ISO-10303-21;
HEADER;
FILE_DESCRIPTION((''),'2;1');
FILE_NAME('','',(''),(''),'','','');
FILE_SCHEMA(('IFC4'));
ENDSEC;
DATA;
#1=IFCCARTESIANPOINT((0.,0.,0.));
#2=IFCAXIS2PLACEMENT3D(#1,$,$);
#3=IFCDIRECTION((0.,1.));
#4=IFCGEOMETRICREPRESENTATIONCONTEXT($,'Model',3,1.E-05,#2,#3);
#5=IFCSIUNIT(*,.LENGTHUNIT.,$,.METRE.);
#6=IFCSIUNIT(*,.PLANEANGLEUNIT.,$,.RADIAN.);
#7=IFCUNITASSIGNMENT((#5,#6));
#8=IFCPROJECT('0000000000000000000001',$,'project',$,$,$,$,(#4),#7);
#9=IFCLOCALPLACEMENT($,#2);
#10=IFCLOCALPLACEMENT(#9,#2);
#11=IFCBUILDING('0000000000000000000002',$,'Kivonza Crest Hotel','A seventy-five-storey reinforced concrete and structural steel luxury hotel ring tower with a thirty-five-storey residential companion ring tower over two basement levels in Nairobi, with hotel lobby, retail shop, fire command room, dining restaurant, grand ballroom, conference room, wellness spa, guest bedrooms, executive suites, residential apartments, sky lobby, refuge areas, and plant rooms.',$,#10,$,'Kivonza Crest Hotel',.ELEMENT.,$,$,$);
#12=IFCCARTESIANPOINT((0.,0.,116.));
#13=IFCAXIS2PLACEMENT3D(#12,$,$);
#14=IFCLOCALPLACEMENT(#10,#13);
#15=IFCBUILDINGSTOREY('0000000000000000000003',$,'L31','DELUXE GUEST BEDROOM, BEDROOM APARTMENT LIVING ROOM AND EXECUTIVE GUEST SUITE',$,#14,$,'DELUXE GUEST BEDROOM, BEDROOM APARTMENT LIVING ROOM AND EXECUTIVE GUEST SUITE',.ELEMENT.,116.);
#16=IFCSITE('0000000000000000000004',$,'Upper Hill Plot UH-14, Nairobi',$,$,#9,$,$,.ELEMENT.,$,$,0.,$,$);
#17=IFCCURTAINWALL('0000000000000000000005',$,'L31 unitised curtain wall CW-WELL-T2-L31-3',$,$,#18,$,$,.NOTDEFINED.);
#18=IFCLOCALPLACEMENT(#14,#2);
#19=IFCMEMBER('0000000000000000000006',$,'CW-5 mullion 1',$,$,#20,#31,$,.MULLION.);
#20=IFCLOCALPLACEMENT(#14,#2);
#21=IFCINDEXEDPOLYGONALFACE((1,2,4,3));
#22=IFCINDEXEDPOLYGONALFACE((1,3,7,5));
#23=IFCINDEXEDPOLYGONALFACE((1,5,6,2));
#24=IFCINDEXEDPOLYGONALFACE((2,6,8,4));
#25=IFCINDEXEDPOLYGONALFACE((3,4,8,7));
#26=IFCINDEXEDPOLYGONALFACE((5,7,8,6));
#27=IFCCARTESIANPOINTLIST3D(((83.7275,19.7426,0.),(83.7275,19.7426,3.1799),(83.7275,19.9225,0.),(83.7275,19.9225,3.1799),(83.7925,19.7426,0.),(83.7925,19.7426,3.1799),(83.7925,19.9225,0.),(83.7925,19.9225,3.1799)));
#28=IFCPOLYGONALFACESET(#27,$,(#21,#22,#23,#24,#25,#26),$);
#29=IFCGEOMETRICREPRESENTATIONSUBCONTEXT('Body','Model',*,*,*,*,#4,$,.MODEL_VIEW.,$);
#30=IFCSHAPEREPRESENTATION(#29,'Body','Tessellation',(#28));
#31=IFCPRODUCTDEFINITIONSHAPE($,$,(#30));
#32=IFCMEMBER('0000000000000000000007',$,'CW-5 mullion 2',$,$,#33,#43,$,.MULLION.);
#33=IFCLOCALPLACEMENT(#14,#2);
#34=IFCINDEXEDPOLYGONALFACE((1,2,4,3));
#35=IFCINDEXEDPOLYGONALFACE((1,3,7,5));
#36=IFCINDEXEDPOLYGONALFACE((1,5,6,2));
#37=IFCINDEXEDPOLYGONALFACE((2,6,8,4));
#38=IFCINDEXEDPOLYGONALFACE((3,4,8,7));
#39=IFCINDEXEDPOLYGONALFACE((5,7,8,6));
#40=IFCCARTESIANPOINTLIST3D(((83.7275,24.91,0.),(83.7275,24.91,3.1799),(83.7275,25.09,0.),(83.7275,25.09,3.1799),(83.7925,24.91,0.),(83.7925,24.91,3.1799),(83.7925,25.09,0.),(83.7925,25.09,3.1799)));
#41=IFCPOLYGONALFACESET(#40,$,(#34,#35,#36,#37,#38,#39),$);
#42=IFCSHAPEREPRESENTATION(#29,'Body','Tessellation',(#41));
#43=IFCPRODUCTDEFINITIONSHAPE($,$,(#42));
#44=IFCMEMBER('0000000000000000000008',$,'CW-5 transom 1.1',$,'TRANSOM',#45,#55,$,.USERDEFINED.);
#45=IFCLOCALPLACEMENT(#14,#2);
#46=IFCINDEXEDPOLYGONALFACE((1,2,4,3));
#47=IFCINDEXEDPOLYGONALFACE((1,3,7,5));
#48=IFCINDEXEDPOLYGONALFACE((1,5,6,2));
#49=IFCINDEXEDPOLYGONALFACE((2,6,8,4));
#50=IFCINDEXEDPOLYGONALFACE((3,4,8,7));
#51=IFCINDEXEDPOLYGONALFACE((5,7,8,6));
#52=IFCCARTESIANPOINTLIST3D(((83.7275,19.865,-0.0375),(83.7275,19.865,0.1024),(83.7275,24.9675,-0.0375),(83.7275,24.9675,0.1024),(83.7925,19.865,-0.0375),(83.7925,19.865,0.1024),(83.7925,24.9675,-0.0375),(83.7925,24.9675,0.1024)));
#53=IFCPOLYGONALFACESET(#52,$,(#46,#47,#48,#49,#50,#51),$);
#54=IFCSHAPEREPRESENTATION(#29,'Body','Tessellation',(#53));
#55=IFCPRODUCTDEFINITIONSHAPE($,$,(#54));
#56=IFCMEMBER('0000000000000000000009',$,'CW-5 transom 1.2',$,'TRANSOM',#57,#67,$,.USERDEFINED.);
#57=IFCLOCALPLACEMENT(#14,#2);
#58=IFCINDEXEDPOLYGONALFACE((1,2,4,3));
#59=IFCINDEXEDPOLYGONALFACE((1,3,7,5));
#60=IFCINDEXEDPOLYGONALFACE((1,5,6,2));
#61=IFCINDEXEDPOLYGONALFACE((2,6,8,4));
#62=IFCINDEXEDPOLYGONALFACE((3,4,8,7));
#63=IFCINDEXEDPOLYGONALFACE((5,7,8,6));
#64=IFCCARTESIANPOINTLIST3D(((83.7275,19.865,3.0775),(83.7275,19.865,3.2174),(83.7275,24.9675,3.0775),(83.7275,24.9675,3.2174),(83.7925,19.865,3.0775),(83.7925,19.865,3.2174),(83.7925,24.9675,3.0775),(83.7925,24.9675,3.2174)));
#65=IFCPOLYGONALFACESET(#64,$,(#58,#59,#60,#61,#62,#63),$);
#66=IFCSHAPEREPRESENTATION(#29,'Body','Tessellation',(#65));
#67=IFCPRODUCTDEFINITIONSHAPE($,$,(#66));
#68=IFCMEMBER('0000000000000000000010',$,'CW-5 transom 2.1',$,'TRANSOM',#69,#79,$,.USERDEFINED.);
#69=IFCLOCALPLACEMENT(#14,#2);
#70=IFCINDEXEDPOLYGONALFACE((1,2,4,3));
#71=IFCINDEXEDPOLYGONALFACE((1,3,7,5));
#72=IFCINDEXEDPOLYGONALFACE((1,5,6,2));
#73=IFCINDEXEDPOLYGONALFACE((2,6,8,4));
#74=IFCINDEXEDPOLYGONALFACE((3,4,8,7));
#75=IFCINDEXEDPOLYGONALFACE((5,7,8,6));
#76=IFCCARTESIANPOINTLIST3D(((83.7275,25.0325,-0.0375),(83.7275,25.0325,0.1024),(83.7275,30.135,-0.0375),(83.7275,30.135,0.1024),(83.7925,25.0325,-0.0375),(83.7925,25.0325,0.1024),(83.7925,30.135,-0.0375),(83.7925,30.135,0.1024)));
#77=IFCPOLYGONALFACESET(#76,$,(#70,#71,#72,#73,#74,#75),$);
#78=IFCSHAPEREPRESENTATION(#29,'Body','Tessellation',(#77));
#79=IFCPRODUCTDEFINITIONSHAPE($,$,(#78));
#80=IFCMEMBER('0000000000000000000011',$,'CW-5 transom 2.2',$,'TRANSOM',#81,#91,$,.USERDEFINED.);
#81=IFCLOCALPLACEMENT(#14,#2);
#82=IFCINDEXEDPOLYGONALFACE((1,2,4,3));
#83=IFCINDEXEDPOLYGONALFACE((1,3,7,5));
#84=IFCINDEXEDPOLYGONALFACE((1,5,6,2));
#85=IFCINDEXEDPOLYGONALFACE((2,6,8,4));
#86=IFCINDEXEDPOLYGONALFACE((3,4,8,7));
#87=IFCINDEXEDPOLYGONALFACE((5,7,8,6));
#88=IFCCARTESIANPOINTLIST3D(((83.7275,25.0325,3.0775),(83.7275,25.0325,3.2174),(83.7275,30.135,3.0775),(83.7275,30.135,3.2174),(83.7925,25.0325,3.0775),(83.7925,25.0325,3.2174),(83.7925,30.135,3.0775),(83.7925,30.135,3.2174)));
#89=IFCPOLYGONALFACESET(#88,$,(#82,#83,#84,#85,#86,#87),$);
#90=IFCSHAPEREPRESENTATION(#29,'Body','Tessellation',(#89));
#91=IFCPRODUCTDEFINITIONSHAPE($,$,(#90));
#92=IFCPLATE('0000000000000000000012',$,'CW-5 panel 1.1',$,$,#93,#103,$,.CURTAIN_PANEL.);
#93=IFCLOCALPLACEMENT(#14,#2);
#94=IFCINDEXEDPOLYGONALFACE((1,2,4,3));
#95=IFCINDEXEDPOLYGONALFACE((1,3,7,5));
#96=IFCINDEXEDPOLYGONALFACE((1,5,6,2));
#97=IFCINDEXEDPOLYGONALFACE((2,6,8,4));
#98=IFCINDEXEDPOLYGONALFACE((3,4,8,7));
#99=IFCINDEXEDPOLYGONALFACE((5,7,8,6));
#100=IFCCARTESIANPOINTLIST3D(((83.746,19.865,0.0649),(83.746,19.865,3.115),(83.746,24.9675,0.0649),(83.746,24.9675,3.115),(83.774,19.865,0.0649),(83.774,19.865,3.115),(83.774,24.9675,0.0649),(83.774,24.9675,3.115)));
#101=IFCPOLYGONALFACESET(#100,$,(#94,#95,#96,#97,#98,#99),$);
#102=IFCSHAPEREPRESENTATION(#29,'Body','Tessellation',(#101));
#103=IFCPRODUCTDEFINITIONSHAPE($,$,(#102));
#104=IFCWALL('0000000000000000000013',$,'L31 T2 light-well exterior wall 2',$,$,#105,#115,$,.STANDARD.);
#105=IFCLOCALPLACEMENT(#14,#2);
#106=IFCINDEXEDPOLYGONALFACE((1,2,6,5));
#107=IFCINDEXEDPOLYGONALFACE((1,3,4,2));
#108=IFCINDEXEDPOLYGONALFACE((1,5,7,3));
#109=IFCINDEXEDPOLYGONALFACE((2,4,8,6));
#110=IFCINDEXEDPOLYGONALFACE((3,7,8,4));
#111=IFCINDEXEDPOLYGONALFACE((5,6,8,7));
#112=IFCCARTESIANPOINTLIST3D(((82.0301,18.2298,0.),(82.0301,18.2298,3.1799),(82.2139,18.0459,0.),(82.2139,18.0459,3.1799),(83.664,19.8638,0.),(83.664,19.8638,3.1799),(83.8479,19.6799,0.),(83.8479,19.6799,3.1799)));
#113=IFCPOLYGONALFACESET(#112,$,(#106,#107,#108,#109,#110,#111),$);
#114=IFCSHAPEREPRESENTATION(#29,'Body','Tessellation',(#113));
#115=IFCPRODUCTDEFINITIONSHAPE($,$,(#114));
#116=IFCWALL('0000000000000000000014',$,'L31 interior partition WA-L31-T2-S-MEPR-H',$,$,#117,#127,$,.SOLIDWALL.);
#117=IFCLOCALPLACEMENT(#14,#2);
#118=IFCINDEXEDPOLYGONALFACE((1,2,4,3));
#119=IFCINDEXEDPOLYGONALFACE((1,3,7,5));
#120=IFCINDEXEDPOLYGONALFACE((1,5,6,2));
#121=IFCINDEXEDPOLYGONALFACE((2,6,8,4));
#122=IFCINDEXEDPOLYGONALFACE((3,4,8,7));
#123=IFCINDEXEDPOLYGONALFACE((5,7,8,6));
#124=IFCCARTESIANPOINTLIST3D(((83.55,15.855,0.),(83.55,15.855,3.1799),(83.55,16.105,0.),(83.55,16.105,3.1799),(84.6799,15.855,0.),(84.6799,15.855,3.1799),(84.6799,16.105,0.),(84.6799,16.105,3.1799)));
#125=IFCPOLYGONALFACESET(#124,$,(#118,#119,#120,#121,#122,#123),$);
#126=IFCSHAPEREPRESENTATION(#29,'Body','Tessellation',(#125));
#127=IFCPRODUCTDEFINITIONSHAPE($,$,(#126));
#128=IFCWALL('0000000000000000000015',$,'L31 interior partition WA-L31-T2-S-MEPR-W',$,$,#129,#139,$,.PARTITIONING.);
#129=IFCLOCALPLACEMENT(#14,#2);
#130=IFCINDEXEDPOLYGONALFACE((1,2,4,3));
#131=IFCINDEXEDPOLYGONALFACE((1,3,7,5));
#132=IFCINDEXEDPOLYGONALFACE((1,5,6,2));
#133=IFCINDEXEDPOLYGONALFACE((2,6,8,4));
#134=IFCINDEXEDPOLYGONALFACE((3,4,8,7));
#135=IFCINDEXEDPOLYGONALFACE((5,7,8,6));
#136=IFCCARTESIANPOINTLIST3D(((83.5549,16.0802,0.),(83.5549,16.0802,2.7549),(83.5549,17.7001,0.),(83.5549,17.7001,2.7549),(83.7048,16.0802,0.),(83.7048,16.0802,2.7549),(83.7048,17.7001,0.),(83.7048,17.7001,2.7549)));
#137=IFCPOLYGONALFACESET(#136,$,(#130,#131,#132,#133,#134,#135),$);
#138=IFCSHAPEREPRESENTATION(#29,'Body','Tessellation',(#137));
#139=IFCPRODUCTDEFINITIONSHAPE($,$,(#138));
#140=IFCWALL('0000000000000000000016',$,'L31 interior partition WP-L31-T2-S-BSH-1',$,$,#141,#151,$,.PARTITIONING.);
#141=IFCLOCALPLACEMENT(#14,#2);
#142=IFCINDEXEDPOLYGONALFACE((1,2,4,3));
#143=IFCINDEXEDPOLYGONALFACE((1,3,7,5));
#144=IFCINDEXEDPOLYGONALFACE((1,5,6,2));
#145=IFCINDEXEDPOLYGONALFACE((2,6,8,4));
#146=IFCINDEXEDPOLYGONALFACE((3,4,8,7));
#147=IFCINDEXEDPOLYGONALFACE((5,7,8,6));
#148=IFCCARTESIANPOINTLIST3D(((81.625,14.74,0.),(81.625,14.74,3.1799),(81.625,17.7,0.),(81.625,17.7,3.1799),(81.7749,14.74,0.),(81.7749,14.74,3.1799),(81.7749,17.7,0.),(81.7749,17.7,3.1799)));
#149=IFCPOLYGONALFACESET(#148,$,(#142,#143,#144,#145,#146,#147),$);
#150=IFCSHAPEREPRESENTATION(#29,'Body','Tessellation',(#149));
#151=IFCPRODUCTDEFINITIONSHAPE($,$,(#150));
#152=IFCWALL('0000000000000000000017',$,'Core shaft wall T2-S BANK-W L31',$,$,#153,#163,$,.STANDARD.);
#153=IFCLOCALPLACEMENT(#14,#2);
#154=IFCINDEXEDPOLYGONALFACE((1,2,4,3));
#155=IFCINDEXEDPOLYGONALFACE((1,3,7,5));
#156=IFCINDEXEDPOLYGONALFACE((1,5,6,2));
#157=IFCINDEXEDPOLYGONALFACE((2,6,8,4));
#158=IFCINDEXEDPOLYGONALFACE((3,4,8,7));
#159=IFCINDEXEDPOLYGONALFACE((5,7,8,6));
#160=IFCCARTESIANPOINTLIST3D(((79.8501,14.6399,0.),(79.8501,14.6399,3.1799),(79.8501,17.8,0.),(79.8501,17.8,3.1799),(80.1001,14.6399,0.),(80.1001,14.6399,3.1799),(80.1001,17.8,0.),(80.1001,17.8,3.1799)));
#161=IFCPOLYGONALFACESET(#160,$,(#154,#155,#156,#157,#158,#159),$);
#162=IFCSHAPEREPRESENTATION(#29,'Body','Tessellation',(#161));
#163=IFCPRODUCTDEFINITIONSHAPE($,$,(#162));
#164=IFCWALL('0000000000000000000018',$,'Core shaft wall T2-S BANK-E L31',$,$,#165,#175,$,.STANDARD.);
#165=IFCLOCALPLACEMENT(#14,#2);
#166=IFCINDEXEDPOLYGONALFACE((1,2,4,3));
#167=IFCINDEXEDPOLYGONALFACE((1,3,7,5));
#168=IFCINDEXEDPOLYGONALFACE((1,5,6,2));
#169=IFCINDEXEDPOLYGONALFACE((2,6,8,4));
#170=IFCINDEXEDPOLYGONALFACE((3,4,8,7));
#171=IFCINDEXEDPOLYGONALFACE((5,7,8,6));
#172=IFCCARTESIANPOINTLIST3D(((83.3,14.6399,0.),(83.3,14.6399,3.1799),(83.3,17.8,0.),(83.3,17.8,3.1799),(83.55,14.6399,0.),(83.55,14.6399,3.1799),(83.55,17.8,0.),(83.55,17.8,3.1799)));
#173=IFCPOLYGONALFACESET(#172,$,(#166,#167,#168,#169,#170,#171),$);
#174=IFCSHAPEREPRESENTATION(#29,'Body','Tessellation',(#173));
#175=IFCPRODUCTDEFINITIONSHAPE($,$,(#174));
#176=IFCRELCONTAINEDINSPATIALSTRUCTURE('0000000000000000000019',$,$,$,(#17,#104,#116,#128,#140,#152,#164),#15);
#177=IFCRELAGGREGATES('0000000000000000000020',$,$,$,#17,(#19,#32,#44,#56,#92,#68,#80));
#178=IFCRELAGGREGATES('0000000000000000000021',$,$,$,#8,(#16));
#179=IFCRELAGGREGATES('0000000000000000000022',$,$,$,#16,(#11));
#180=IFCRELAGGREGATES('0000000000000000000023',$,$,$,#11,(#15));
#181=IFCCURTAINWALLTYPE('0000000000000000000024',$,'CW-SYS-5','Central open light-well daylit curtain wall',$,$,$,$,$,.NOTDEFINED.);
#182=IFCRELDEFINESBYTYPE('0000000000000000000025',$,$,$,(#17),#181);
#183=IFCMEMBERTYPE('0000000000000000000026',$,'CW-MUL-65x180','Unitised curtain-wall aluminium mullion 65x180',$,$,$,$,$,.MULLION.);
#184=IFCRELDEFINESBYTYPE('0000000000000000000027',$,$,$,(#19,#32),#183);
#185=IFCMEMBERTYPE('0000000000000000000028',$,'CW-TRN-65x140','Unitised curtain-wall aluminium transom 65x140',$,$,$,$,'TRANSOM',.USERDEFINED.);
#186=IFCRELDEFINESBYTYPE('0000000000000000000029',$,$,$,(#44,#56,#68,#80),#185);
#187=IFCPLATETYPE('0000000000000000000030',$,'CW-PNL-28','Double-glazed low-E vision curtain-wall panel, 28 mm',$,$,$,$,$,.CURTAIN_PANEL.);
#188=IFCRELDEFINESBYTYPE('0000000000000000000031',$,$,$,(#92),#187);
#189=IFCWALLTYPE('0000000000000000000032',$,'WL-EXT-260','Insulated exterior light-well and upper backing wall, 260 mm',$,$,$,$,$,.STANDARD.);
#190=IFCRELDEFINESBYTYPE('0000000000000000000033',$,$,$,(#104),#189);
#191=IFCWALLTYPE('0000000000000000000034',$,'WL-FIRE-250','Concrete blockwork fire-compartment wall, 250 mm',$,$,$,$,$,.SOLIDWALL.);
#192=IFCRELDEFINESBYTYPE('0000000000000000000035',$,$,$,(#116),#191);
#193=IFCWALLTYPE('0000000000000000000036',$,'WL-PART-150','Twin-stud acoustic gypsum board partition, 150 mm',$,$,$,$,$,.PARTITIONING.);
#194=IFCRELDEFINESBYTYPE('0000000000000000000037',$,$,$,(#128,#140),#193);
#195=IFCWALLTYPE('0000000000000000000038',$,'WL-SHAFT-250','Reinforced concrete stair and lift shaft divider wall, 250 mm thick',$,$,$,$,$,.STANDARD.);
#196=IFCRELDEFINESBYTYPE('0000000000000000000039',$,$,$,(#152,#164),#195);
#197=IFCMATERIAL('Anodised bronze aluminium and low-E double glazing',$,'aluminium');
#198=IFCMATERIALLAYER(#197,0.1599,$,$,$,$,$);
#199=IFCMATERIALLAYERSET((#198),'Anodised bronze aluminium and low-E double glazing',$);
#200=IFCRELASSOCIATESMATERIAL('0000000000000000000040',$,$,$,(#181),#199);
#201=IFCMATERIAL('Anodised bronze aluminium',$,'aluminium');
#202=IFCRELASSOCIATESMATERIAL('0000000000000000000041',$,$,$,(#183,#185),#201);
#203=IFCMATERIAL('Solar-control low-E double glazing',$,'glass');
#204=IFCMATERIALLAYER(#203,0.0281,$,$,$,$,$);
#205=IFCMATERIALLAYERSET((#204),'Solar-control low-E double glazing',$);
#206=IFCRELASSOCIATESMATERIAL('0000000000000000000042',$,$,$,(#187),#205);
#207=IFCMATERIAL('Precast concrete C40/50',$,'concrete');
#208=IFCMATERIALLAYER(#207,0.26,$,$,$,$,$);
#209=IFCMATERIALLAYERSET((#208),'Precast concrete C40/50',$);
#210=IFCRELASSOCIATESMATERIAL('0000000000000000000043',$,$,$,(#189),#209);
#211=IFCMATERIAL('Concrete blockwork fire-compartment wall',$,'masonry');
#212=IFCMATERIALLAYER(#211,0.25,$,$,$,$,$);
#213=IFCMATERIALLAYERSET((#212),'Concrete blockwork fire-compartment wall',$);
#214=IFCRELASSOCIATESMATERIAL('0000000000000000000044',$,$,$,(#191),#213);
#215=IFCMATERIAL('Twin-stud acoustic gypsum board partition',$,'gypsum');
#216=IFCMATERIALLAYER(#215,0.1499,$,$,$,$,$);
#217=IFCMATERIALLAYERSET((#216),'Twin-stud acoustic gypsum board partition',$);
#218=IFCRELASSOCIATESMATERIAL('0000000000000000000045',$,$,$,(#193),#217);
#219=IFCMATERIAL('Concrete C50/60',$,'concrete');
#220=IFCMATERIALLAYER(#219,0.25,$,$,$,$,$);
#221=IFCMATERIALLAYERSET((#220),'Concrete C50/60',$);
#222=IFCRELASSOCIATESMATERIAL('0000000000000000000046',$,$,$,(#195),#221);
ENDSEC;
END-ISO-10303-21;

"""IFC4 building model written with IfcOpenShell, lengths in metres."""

from ifc_helpers import new_model, si_unit, direction, frame, frame_2d, origin, origin_2d, place, context, subcontext, project, spatial, rectangle, extrude, material, layer, layer_set, material_profile, profile_set, type_object, element, aggregate, save


model = new_model("IFC4")

# Units and contexts
model_context = context("Model", 3, precision=1e-05, world=origin(), true_north=direction((0.0, 1.0)))
body_context = subcontext(model_context, "Body", "Model", "MODEL_VIEW")
ifc_project = project(units=[si_unit("LENGTHUNIT", "METRE"), si_unit("PLANEANGLEUNIT", "RADIAN")], contexts=[model_context])

# Site, building, storey
site_placement = place(None, origin())
site = spatial("IfcSite", under=ifc_project, at=site_placement, Name="Upper Hill Plot UH-14, Nairobi", CompositionType="ELEMENT", RefElevation=0.0)
building_placement = place(site_placement, origin())
building = spatial("IfcBuilding", under=site, at=building_placement, Name="Kivonza Crest Hotel", Description="A seventy-five-storey reinforced concrete and structural steel luxury hotel ring tower with a thirty-five-storey residential companion ring tower over two basement levels in Nairobi, with hotel lobby, retail shop, fire command room, dining restaurant, grand ballroom, conference room, wellness spa, guest bedrooms, executive suites, residential apartments, sky lobby, refuge areas, and plant rooms.", LongName="Kivonza Crest Hotel", CompositionType="ELEMENT")
storey_placement = place(building_placement, frame((0.0, 0.0, 116.0)))
storey = spatial("IfcBuildingStorey", under=building, at=storey_placement, Name="L31", Description="DELUXE GUEST BEDROOM, BEDROOM APARTMENT LIVING ROOM AND EXECUTIVE GUEST SUITE", LongName="DELUXE GUEST BEDROOM, BEDROOM APARTMENT LIVING ROOM AND EXECUTIVE GUEST SUITE", CompositionType="ELEMENT", Elevation=116.0)

# Curtain wall, members, plate
ifc_material_1 = material(Name="Anodised bronze aluminium and low-E double glazing", Category="aluminium")
ifc_layer_1 = layer(ifc_material_1, 0.1599)
ifc_layer_set_1 = layer_set([ifc_layer_1], Name="Anodised bronze aluminium and low-E double glazing")
curtain_wall_type = type_object("IfcCurtainWallType", Name="CW-SYS-5", Description="Central open light-well daylit curtain wall", PredefinedType="NOTDEFINED", material=ifc_layer_set_1)
curtain_wall_placement = place(storey_placement, origin())
curtain_wall = element("IfcCurtainWall", 1, at=curtain_wall_placement, inside=storey, type_object=curtain_wall_type, Name="L31 unitised curtain wall CW-WELL-T2-L31-3", PredefinedType="NOTDEFINED")
ifc_material_2 = material(Name="Anodised bronze aluminium", Category="aluminium")
ifc_material_profile_1 = material_profile(ifc_material_2, rectangle(XDim=0.0649, YDim=0.1799, at=origin_2d()), Name="CW-M 65x180")
ifc_profile_set_1 = profile_set([ifc_material_profile_1], Name="Anodised bronze aluminium")
member_type_1 = type_object("IfcMemberType", Name="CW-MUL-65x180", Description="Unitised curtain-wall aluminium mullion 65x180", PredefinedType="MULLION", material=ifc_profile_set_1)
member_1_placement = place(storey_placement, frame((83.76, 19.8325, 0.0), z_axis=(0.0, 0.0, 1.0), x_axis=(-1.0, 0.0, 0.0)))
member_1 = element("IfcMember", 2, at=member_1_placement, type_object=member_type_1, Name="CW-5 mullion 1", PredefinedType="MULLION", context=body_context, shape_type="SweptSolid", body=[
    extrude(rectangle(XDim=0.0649, YDim=0.1799, at=origin_2d()), origin(), (0.0, 0.0, 1.0), 3.1799),
])
member_2_placement = place(storey_placement, frame((83.76, 25.0, 0.0), z_axis=(0.0, 0.0, 1.0), x_axis=(-1.0, 0.0, 0.0)))
member_2 = element("IfcMember", 3, at=member_2_placement, type_object=member_type_1, Name="CW-5 mullion 2", PredefinedType="MULLION", context=body_context, shape_type="SweptSolid", body=[
    extrude(rectangle(XDim=0.0649, YDim=0.1799, at=origin_2d()), origin(), (0.0, 0.0, 1.0), 3.1799),
])
ifc_material_profile_2 = material_profile(ifc_material_2, rectangle(XDim=0.0649, YDim=0.1399, at=origin_2d()), Name="CW-T 65x140")
ifc_profile_set_2 = profile_set([ifc_material_profile_2], Name="Anodised bronze aluminium")
member_type_2 = type_object("IfcMemberType", Name="CW-TRN-65x140", Description="Unitised curtain-wall aluminium transom 65x140", ElementType="TRANSOM", PredefinedType="USERDEFINED", material=ifc_profile_set_2)
member_3_placement = place(storey_placement, frame((83.76, 19.865, 0.0325), z_axis=(0.0, 1.0, 0.0), x_axis=(-1.0, 0.0, 0.0)))
member_3 = element("IfcMember", 4, at=member_3_placement, type_object=member_type_2, Name="CW-5 transom 1.1", ObjectType="TRANSOM", PredefinedType="USERDEFINED", context=body_context, shape_type="SweptSolid", body=[
    extrude(rectangle(XDim=0.0649, YDim=0.1399, at=origin_2d()), origin(), (0.0, 0.0, 1.0), 5.1025),
])
member_4_placement = place(storey_placement, frame((83.76, 19.865, 3.1475), z_axis=(0.0, 1.0, 0.0), x_axis=(-1.0, 0.0, 0.0)))
member_4 = element("IfcMember", 5, at=member_4_placement, type_object=member_type_2, Name="CW-5 transom 1.2", ObjectType="TRANSOM", PredefinedType="USERDEFINED", context=body_context, shape_type="SweptSolid", body=[
    extrude(rectangle(XDim=0.0649, YDim=0.1399, at=origin_2d()), origin(), (0.0, 0.0, 1.0), 5.1025),
])
member_5_placement = place(storey_placement, frame((83.76, 25.0325, 0.0325), z_axis=(0.0, 1.0, 0.0), x_axis=(-1.0, 0.0, 0.0)))
member_5 = element("IfcMember", 6, at=member_5_placement, type_object=member_type_2, Name="CW-5 transom 2.1", ObjectType="TRANSOM", PredefinedType="USERDEFINED", context=body_context, shape_type="SweptSolid", body=[
    extrude(rectangle(XDim=0.0649, YDim=0.1399, at=origin_2d()), origin(), (0.0, 0.0, 1.0), 5.1025),
])
member_6_placement = place(storey_placement, frame((83.76, 25.0325, 3.1475), z_axis=(0.0, 1.0, 0.0), x_axis=(-1.0, 0.0, 0.0)))
member_6 = element("IfcMember", 7, at=member_6_placement, type_object=member_type_2, Name="CW-5 transom 2.2", ObjectType="TRANSOM", PredefinedType="USERDEFINED", context=body_context, shape_type="SweptSolid", body=[
    extrude(rectangle(XDim=0.0649, YDim=0.1399, at=origin_2d()), origin(), (0.0, 0.0, 1.0), 5.1025),
])
ifc_material_3 = material(Name="Solar-control low-E double glazing", Category="glass")
ifc_layer_2 = layer(ifc_material_3, 0.0281)
ifc_layer_set_2 = layer_set([ifc_layer_2], Name="Solar-control low-E double glazing")
plate_type = type_object("IfcPlateType", Name="CW-PNL-28", Description="Double-glazed low-E vision curtain-wall panel, 28 mm", PredefinedType="CURTAIN_PANEL", material=ifc_layer_set_2)
plate_placement = place(storey_placement, frame((83.76, 22.4163, 0.0649), z_axis=(0.0, 0.0, 1.0), x_axis=(0.0, 1.0, 0.0)))
plate = element("IfcPlate", 8, at=plate_placement, type_object=plate_type, Name="CW-5 panel 1.1", PredefinedType="CURTAIN_PANEL", context=body_context, shape_type="SweptSolid", body=[
    extrude(rectangle(XDim=5.1025, YDim=0.0281, at=origin_2d()), origin(), (0.0, 0.0, 1.0), 3.05),
])
aggregate(curtain_wall, [member_1, member_2, member_3, member_4, plate, member_5, member_6])

# Walls
ifc_material_4 = material(Name="Precast concrete C40/50", Category="concrete")
ifc_layer_3 = layer(ifc_material_4, 0.26)
ifc_layer_set_3 = layer_set([ifc_layer_3], Name="Precast concrete C40/50")
wall_type_1 = type_object("IfcWallType", Name="WL-EXT-260", Description="Insulated exterior light-well and upper backing wall, 260 mm", PredefinedType="STANDARD", material=ifc_layer_set_3)
wall_1_placement = place(storey_placement, frame((82.1221, 18.1379, 0.0), z_axis=(0.0, 0.0, 1.0), x_axis=(0.707107, 0.707107, 0.0)))
element("IfcWall", 9, at=wall_1_placement, inside=storey, type_object=wall_type_1, Name="L31 T2 light-well exterior wall 2", PredefinedType="STANDARD", context=body_context, shape_type="SweptSolid", body=[
    extrude(rectangle(XDim=2.3108, YDim=0.26, at=frame_2d((1.1553, 0.0))), origin(), (0.0, 0.0, 1.0), 3.1799),
])
ifc_material_5 = material(Name="Concrete blockwork fire-compartment wall", Category="masonry")
ifc_layer_4 = layer(ifc_material_5, 0.25)
ifc_layer_set_4 = layer_set([ifc_layer_4], Name="Concrete blockwork fire-compartment wall")
wall_type_2 = type_object("IfcWallType", Name="WL-FIRE-250", Description="Concrete blockwork fire-compartment wall, 250 mm", PredefinedType="SOLIDWALL", material=ifc_layer_set_4)
wall_2_placement = place(storey_placement, frame((83.55, 15.98, 0.0), z_axis=(0.0, 0.0, 1.0), x_axis=(1.0, 0.0, 0.0)))
element("IfcWall", 10, at=wall_2_placement, inside=storey, type_object=wall_type_2, Name="L31 interior partition WA-L31-T2-S-MEPR-H", PredefinedType="SOLIDWALL", context=body_context, shape_type="SweptSolid", body=[
    extrude(rectangle(XDim=1.1299, YDim=0.25, at=frame_2d((0.5649, 0.0))), origin(), (0.0, 0.0, 1.0), 3.1799),
])
ifc_material_6 = material(Name="Twin-stud acoustic gypsum board partition", Category="gypsum")
ifc_layer_5 = layer(ifc_material_6, 0.1499)
ifc_layer_set_5 = layer_set([ifc_layer_5], Name="Twin-stud acoustic gypsum board partition")
wall_type_3 = type_object("IfcWallType", Name="WL-PART-150", Description="Twin-stud acoustic gypsum board partition, 150 mm", PredefinedType="PARTITIONING", material=ifc_layer_set_5)
wall_3_placement = place(storey_placement, frame((83.6299, 16.0801, 0.0), z_axis=(0.0, 0.0, 1.0), x_axis=(0.0, 1.0, 0.0)))
element("IfcWall", 11, at=wall_3_placement, inside=storey, type_object=wall_type_3, Name="L31 interior partition WA-L31-T2-S-MEPR-W", PredefinedType="PARTITIONING", context=body_context, shape_type="SweptSolid", body=[
    extrude(rectangle(XDim=1.6199, YDim=0.1499, at=frame_2d((0.8101, 0.0))), origin(), (0.0, 0.0, 1.0), 2.7549),
])
wall_4_placement = place(storey_placement, frame((81.7, 14.74, 0.0), z_axis=(0.0, 0.0, 1.0), x_axis=(0.0, 1.0, 0.0)))
element("IfcWall", 12, at=wall_4_placement, inside=storey, type_object=wall_type_3, Name="L31 interior partition WP-L31-T2-S-BSH-1", PredefinedType="PARTITIONING", context=body_context, shape_type="SweptSolid", body=[
    extrude(rectangle(XDim=2.96, YDim=0.1499, at=frame_2d((1.48, 0.0))), origin(), (0.0, 0.0, 1.0), 3.1799),
])
ifc_material_7 = material(Name="Concrete C50/60", Category="concrete")
ifc_layer_6 = layer(ifc_material_7, 0.25)
ifc_layer_set_6 = layer_set([ifc_layer_6], Name="Concrete C50/60")
wall_type_4 = type_object("IfcWallType", Name="WL-SHAFT-250", Description="Reinforced concrete stair and lift shaft divider wall, 250 mm thick", PredefinedType="STANDARD", material=ifc_layer_set_6)
for number, where, z_axis, x_axis, name in (
    (13, (79.9751, 14.6399, 0.0), (0.0, 0.0, 1.0), (0.0, 1.0, 0.0), "Core shaft wall T2-S BANK-W L31"),
    (14, (83.425, 14.6399, 0.0), (0.0, 0.0, 1.0), (0.0, 1.0, 0.0), "Core shaft wall T2-S BANK-E L31"),
):
    element("IfcWall", number, at=place(storey_placement, frame(where, z_axis=z_axis, x_axis=x_axis)), inside=storey, type_object=wall_type_4, Name=name, PredefinedType="STANDARD", context=body_context, shape_type="SweptSolid", body=[
        extrude(rectangle(XDim=3.1602, YDim=0.25, at=frame_2d((1.5801, 0.0))), origin(), (0.0, 0.0, 1.0), 3.1799),
    ])

save(model, "model.ifc")
